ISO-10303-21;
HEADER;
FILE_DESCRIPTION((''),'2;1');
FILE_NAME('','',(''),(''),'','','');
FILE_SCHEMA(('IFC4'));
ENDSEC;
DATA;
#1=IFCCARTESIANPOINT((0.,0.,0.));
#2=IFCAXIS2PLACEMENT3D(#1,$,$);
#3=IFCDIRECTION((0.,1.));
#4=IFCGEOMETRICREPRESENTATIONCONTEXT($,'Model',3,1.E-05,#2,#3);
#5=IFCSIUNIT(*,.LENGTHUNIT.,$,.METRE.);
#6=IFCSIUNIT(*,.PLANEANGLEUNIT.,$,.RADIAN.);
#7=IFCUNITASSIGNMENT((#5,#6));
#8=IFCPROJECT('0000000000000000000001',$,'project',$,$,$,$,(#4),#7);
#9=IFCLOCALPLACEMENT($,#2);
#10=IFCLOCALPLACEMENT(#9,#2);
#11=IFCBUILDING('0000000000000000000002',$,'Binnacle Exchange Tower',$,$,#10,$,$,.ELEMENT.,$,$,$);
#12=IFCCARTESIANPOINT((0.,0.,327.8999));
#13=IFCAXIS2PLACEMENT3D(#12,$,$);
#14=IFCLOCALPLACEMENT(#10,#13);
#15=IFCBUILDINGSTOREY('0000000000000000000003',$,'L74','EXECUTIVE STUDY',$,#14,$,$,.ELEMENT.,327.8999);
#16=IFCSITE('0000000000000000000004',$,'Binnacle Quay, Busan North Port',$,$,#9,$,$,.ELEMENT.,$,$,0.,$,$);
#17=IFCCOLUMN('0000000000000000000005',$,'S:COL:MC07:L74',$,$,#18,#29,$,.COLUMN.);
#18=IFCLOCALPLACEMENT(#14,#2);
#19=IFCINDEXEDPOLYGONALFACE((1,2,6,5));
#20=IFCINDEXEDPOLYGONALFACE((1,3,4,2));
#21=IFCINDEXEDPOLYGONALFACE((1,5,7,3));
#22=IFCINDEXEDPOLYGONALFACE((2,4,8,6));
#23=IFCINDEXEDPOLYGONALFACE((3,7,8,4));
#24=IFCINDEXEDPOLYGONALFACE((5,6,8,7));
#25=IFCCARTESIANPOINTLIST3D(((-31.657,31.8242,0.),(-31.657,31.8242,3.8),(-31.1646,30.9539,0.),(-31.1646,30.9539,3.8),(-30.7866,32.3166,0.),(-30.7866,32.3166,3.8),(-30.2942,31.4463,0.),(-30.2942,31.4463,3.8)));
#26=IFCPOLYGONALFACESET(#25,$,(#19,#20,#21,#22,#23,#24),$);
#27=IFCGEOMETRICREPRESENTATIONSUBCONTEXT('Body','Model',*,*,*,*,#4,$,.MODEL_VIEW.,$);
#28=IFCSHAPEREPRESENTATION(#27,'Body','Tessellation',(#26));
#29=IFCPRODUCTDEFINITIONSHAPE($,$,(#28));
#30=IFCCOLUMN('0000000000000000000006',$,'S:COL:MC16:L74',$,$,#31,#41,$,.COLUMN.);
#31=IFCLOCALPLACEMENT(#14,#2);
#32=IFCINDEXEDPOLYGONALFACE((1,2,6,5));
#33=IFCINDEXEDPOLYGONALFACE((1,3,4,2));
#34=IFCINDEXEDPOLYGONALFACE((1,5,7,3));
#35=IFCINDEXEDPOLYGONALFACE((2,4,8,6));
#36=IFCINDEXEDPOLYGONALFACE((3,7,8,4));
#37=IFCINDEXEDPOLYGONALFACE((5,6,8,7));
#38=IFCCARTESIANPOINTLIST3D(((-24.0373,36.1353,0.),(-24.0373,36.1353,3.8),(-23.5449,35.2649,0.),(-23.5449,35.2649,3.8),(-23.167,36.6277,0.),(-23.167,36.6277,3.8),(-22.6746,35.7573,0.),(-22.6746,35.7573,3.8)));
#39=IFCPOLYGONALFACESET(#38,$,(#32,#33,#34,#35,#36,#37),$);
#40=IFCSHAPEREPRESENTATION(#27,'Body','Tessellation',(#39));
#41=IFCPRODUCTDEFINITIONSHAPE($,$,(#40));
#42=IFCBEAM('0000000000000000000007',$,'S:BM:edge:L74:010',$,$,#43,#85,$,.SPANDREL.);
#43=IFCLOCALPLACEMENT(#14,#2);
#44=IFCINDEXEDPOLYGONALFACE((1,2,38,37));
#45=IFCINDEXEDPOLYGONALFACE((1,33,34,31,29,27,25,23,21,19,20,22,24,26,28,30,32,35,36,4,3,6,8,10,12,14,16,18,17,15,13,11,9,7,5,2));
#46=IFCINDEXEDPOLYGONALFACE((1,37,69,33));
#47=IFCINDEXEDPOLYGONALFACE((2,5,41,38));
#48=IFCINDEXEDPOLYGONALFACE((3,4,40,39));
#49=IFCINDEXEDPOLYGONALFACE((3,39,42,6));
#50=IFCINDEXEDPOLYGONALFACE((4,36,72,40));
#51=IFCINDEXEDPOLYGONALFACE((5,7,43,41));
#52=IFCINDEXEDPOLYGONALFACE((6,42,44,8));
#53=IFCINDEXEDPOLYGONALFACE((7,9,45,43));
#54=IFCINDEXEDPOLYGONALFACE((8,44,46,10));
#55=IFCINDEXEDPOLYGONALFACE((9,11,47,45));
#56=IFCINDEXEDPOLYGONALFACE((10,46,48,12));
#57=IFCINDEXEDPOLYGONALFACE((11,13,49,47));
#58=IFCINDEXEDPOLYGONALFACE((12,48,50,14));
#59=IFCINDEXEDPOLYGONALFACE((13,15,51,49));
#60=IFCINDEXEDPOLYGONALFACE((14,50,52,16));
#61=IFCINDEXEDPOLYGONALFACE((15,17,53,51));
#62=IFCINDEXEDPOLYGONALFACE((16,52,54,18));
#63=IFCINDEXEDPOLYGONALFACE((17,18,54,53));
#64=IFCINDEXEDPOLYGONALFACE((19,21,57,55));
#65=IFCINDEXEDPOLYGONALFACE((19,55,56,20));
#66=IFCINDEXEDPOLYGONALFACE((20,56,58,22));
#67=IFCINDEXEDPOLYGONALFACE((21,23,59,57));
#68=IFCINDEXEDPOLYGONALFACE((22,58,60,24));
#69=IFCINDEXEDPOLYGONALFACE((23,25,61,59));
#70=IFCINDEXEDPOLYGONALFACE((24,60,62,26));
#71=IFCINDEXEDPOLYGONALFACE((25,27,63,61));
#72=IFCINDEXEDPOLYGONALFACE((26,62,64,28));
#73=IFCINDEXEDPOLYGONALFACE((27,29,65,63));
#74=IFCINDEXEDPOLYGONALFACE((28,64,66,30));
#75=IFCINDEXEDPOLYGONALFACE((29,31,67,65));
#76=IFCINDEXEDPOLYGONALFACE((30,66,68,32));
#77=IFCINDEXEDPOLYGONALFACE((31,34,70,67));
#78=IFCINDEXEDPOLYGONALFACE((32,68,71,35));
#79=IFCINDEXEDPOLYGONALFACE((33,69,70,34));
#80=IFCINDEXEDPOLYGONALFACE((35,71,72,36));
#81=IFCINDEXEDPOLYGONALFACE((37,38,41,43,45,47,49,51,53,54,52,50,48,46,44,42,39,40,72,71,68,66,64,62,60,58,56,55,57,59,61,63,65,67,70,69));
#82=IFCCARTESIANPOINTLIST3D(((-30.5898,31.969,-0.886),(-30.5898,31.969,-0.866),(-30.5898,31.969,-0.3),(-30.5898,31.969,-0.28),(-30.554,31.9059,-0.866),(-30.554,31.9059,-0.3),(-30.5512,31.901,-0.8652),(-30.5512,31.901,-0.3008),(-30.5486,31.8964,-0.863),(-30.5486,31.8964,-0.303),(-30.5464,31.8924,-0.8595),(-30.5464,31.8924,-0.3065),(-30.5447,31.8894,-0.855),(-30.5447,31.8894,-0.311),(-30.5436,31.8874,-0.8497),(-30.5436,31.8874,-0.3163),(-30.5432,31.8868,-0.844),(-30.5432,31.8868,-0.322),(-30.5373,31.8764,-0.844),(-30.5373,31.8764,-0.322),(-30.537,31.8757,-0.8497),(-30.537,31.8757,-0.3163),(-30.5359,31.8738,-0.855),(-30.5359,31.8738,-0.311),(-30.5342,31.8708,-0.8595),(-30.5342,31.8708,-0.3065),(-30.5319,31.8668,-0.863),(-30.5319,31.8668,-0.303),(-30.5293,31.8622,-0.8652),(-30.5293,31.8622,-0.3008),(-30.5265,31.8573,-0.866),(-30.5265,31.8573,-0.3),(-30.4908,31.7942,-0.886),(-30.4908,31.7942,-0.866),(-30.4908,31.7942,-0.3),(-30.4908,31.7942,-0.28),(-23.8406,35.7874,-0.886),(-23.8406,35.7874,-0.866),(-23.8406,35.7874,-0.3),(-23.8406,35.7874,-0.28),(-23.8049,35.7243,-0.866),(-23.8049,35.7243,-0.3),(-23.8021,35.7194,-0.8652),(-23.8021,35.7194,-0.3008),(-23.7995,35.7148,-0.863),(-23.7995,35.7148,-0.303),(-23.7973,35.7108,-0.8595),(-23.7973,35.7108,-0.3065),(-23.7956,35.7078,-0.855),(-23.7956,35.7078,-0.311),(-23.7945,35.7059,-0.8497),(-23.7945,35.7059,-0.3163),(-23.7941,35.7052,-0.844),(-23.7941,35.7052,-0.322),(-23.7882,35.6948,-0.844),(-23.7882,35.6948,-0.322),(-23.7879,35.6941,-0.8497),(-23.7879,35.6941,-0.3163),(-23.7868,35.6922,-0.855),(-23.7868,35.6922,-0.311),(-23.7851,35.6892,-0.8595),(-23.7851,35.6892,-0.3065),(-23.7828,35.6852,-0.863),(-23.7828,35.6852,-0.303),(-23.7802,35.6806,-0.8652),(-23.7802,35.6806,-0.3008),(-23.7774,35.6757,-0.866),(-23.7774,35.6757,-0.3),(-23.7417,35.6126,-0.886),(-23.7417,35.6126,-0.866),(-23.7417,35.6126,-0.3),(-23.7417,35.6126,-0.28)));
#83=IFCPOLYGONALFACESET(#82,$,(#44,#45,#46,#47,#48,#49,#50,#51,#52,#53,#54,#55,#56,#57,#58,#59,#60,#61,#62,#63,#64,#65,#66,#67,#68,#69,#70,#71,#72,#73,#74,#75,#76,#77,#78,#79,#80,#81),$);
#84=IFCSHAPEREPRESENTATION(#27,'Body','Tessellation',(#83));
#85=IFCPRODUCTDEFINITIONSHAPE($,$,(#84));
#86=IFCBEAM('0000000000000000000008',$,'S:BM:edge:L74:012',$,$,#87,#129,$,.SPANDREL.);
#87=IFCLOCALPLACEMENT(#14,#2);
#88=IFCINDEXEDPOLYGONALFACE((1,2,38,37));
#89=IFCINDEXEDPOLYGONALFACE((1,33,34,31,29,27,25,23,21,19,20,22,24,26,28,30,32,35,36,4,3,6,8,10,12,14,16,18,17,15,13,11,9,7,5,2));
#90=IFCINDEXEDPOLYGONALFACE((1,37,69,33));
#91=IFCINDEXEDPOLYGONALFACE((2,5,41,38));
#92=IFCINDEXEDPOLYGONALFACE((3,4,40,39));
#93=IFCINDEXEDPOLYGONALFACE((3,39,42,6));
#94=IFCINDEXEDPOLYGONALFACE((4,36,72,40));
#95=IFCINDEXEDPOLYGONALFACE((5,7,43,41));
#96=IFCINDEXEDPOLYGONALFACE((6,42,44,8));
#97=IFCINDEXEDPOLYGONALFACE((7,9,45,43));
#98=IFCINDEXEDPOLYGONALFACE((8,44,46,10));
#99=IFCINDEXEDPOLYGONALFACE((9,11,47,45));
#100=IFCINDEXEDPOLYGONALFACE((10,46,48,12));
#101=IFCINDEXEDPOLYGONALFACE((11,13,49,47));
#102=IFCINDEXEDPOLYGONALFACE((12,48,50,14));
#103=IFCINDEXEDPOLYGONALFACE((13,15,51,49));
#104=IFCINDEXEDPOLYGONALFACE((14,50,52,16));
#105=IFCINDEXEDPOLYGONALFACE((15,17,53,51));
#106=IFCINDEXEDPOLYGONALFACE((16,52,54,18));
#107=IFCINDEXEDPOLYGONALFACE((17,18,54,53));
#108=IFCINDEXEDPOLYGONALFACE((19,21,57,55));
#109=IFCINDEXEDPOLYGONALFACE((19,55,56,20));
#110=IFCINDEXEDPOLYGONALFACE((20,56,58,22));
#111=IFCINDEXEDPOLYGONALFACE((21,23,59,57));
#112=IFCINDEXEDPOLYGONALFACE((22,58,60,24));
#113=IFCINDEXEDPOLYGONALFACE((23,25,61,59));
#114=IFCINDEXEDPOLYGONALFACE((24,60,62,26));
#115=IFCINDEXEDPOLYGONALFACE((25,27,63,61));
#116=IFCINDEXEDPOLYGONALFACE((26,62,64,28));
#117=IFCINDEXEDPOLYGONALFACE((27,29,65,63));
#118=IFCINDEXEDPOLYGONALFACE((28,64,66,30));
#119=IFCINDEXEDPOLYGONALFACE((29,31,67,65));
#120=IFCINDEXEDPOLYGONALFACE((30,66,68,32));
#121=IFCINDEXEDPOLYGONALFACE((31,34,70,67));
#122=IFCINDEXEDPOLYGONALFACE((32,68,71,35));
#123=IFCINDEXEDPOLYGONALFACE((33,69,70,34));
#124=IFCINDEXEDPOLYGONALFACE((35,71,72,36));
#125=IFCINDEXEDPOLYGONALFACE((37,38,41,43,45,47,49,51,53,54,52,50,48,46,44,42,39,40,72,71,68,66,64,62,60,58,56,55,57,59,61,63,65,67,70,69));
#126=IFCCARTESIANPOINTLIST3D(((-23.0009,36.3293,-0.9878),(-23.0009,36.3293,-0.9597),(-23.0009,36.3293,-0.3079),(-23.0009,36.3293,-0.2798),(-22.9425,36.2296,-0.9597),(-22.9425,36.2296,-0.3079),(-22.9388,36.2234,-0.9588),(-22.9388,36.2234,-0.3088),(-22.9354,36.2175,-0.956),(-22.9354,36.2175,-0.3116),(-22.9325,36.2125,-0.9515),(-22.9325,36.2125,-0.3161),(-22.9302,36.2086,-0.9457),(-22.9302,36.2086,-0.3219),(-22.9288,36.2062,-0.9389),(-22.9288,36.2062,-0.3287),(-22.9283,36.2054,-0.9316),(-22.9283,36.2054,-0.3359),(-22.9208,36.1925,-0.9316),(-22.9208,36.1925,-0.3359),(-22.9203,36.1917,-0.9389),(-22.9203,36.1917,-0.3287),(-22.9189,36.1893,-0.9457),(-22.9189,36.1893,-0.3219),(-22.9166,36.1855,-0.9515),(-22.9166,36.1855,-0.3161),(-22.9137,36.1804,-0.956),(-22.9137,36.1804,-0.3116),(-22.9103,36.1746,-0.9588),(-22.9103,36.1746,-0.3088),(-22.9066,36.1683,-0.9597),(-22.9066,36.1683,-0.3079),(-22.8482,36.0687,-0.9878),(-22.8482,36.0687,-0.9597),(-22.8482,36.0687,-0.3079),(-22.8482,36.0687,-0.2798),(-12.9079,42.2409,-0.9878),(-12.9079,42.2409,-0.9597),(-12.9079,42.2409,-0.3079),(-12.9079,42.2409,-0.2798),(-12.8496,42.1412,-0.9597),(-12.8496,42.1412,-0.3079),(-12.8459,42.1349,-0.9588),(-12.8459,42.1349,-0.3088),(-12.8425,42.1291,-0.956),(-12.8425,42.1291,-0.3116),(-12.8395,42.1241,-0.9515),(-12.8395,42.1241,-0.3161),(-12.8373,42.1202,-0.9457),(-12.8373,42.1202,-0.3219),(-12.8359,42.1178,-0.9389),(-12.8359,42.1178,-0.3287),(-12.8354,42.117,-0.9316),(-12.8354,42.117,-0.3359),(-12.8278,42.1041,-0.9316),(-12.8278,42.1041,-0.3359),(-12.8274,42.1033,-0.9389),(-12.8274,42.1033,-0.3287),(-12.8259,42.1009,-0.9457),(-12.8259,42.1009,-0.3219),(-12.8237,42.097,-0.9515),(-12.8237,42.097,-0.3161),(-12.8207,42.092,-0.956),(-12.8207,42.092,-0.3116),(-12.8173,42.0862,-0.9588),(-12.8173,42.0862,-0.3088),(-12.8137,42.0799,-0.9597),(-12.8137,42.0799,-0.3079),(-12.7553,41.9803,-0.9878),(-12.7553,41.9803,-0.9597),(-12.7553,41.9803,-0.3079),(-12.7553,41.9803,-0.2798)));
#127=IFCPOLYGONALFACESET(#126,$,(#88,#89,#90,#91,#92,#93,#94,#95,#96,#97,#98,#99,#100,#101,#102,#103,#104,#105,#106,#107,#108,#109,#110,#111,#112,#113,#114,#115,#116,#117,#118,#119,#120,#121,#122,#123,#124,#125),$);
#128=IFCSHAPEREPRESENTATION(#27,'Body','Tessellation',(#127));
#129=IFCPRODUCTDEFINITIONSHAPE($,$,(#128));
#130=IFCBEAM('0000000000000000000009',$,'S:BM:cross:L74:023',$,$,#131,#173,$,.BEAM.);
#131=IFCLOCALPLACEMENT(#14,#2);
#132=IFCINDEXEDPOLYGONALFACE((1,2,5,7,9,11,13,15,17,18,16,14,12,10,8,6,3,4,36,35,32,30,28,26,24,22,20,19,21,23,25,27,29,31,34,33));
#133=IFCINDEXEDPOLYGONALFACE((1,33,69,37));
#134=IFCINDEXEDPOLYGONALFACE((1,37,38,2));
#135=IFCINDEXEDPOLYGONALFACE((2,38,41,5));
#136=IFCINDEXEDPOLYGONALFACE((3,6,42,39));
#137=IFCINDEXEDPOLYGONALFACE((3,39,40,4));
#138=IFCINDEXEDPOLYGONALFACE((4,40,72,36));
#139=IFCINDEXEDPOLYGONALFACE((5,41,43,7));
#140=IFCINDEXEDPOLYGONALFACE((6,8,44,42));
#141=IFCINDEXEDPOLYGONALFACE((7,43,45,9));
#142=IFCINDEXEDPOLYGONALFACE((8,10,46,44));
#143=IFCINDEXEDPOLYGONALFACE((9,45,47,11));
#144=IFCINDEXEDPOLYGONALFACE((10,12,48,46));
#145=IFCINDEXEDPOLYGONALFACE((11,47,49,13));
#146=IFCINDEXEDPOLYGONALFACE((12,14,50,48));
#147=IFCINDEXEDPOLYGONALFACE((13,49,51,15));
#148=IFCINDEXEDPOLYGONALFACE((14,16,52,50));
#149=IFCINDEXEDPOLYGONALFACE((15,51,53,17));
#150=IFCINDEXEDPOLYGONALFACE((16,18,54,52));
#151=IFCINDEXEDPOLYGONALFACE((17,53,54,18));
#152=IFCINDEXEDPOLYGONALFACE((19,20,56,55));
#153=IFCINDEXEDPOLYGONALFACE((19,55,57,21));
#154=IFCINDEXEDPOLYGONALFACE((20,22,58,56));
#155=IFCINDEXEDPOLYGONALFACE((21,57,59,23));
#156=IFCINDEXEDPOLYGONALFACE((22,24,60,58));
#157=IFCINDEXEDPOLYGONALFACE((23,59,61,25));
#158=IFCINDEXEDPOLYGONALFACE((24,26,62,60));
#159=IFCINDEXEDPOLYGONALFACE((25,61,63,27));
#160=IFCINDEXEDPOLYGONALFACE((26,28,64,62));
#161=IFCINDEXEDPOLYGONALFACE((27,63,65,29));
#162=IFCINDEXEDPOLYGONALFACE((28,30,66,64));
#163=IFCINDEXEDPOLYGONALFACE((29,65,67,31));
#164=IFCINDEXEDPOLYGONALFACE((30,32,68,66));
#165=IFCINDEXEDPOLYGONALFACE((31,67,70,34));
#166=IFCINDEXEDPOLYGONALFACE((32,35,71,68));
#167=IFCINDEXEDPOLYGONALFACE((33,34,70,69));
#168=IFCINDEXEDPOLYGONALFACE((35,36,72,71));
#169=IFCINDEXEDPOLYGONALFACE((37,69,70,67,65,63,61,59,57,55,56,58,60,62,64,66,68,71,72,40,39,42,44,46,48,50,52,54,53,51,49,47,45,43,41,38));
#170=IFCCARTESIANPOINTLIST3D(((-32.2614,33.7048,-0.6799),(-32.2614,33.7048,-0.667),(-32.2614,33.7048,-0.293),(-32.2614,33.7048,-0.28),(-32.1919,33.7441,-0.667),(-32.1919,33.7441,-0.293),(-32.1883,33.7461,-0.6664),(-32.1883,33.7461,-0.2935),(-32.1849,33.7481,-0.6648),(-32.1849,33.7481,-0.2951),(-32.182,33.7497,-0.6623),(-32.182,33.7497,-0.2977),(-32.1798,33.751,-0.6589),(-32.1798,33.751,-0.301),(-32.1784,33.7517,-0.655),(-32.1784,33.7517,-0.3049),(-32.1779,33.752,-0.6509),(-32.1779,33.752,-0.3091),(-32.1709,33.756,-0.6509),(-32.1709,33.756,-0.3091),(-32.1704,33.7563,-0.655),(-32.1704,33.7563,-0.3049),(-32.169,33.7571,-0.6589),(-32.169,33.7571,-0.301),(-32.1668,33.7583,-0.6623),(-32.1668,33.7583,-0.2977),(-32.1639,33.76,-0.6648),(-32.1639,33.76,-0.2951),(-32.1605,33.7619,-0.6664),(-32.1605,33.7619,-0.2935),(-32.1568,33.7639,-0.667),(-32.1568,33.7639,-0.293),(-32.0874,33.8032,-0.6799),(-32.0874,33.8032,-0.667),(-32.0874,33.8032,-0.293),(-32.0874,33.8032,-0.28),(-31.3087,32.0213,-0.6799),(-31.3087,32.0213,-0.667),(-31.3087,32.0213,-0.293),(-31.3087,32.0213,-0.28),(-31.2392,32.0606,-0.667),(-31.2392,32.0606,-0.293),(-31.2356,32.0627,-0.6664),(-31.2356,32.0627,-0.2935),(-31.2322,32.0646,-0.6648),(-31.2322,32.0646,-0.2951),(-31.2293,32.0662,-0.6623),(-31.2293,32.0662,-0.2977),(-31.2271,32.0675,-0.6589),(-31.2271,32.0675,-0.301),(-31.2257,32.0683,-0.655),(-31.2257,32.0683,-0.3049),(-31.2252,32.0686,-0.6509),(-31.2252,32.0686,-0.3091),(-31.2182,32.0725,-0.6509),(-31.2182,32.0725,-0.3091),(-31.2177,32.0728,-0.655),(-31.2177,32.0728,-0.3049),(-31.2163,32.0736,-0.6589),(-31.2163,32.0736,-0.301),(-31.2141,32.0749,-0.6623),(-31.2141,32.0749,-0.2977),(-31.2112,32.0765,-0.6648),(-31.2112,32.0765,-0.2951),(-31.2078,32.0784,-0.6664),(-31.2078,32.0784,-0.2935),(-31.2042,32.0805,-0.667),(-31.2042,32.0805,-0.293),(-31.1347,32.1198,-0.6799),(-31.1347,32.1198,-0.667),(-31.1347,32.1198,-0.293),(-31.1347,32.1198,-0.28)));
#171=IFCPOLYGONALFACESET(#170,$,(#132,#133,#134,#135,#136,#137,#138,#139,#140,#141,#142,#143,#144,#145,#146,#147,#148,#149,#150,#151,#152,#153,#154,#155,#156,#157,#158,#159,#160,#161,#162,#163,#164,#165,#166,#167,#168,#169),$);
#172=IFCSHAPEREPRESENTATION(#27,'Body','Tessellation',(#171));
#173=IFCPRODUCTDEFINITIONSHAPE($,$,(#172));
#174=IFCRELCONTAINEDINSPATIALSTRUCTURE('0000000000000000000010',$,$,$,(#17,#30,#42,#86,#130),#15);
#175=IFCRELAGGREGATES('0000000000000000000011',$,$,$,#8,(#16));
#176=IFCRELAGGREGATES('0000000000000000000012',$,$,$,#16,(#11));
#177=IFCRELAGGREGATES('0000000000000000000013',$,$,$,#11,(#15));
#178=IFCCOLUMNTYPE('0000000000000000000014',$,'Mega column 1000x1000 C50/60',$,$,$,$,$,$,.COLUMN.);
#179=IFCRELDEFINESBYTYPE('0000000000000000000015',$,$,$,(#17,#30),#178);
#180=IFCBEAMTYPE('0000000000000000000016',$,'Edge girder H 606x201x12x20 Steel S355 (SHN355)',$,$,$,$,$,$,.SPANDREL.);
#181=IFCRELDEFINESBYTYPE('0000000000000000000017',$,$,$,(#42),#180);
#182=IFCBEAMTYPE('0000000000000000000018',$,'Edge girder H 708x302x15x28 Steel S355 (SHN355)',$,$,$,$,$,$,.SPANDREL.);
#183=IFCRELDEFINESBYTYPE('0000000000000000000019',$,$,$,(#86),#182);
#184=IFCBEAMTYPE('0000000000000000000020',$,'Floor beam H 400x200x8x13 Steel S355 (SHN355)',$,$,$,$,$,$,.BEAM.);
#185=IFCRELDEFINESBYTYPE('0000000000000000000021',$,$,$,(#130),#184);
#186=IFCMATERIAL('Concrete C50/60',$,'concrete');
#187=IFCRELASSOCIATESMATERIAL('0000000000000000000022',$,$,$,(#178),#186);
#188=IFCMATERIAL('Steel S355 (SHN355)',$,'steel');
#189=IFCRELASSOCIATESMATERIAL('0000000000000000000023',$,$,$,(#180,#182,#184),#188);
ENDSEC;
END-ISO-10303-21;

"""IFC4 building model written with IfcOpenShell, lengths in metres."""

from ifc_helpers import new_model, si_unit, direction, frame, origin, origin_2d, place, context, subcontext, project, spatial, rectangle, i_section, extrude, material, material_profile, profile_set, type_object, element, save


model = new_model("IFC4")

# Units and contexts
model_context = context("Model", 3, precision=1e-05, world=origin(), true_north=direction((0.0, 1.0)))
body_context = subcontext(model_context, "Body", "Model", "MODEL_VIEW")
ifc_project = project(units=[si_unit("LENGTHUNIT", "METRE"), si_unit("PLANEANGLEUNIT", "RADIAN")], contexts=[model_context])

# Site, building, storey
site_placement = place(None, origin())
site = spatial("IfcSite", under=ifc_project, at=site_placement, Name="Binnacle Quay, Busan North Port", CompositionType="ELEMENT", RefElevation=0.0)
building_placement = place(site_placement, origin())
building = spatial("IfcBuilding", under=site, at=building_placement, Name="Binnacle Exchange Tower", CompositionType="ELEMENT")
storey_placement = place(building_placement, frame((0.0, 0.0, 327.8999)))
storey = spatial("IfcBuildingStorey", under=building, at=storey_placement, Name="L74", Description="EXECUTIVE STUDY", CompositionType="ELEMENT", Elevation=327.8999)

# Columns
ifc_material_1 = material(Name="Concrete C50/60", Category="concrete")
ifc_material_profile_1 = material_profile(ifc_material_1, rectangle(XDim=1.0, YDim=1.0, at=origin_2d()), Name="Mega column 1000x1000 C50/60")
ifc_profile_set_1 = profile_set([ifc_material_profile_1], Name="Concrete C50/60")
column_type = type_object("IfcColumnType", Name="Mega column 1000x1000 C50/60", PredefinedType="COLUMN", material=ifc_profile_set_1)
for number, where, z_axis, x_axis, name in (
    (1, (-30.9756, 31.6353, 0.0), (0.0, 0.0, 1.0), (0.870356, 0.492424, 0.0), "S:COL:MC07:L74"),
    (2, (-23.356, 35.9463, 0.0), (0.0, 0.0, 1.0), (0.870356, 0.492424, 0.0), "S:COL:MC16:L74"),
):
    element("IfcColumn", number, at=place(storey_placement, frame(where, z_axis=z_axis, x_axis=x_axis)), inside=storey, type_object=column_type, Name=name, PredefinedType="COLUMN", context=body_context, shape_type="SweptSolid", body=[
        extrude(rectangle(XDim=1.0, YDim=1.0, at=origin_2d()), origin(), (0.0, 0.0, 1.0), 3.8),
    ])

# Beams
ifc_material_2 = material(Name="Steel S355 (SHN355)", Category="steel")
ifc_material_profile_2 = material_profile(ifc_material_2, i_section(OverallWidth=0.2009, OverallDepth=0.606, WebThickness=0.012, FlangeThickness=0.02, FilletRadius=0.022, at=origin_2d()), Name="H 606x201x12x20")
ifc_profile_set_2 = profile_set([ifc_material_profile_2], Name="Steel S355 (SHN355)")
beam_type_1 = type_object("IfcBeamType", Name="Edge girder H 606x201x12x20 Steel S355 (SHN355)", PredefinedType="SPANDREL", material=ifc_profile_set_2)
beam_1_placement = place(storey_placement, frame((-30.5403, 31.8816, -0.583), z_axis=(0.870359, 0.492418, 0.0), x_axis=(-0.492418, 0.870359, 0.0)))
element("IfcBeam", 3, at=beam_1_placement, inside=storey, type_object=beam_type_1, Name="S:BM:edge:L74:010", PredefinedType="SPANDREL", context=body_context, shape_type="SweptSolid", body=[
    extrude(i_section(OverallWidth=0.2009, OverallDepth=0.606, WebThickness=0.012, FlangeThickness=0.02, FilletRadius=0.022, at=origin_2d()), origin(), (0.0, 0.0, 1.0), 7.7544),
])
ifc_material_profile_3 = material_profile(ifc_material_2, i_section(OverallWidth=0.302, OverallDepth=0.708, WebThickness=0.0149, FlangeThickness=0.0281, FilletRadius=0.0281, at=origin_2d()), Name="H 708x302x15x28")
ifc_profile_set_3 = profile_set([ifc_material_profile_3], Name="Steel S355 (SHN355)")
beam_type_2 = type_object("IfcBeamType", Name="Edge girder H 708x302x15x28 Steel S355 (SHN355)", PredefinedType="SPANDREL", material=ifc_profile_set_3)
beam_2_placement = place(storey_placement, frame((-22.9246, 36.199, -0.6338), z_axis=(0.862883, 0.505403, 0.0), x_axis=(-0.505403, 0.862883, 0.0)))
element("IfcBeam", 4, at=beam_2_placement, inside=storey, type_object=beam_type_2, Name="S:BM:edge:L74:012", PredefinedType="SPANDREL", context=body_context, shape_type="SweptSolid", body=[
    extrude(i_section(OverallWidth=0.302, OverallDepth=0.708, WebThickness=0.0149, FlangeThickness=0.0281, FilletRadius=0.0281, at=origin_2d()), origin(), (0.0, 0.0, 1.0), 11.6968),
])
ifc_material_profile_4 = material_profile(ifc_material_2, i_section(OverallWidth=0.2, OverallDepth=0.3999, WebThickness=0.0081, FlangeThickness=0.0129, FilletRadius=0.0161, at=origin_2d()), Name="H 400x200x8x13")
ifc_profile_set_4 = profile_set([ifc_material_profile_4], Name="Steel S355 (SHN355)")
beam_type_3 = type_object("IfcBeamType", Name="Floor beam H 400x200x8x13 Steel S355 (SHN355)", PredefinedType="BEAM", material=ifc_profile_set_4)
beam_3_placement = place(storey_placement, frame((-31.2217, 32.0706, -0.48), z_axis=(-0.492519, 0.870302, 0.0), x_axis=(-0.870302, -0.492519, 0.0)))
element("IfcBeam", 5, at=beam_3_placement, inside=storey, type_object=beam_type_3, Name="S:BM:cross:L74:023", PredefinedType="BEAM", context=body_context, shape_type="SweptSolid", body=[
    extrude(i_section(OverallWidth=0.2, OverallDepth=0.3999, WebThickness=0.0081, FlangeThickness=0.0129, FilletRadius=0.0161, at=origin_2d()), origin(), (0.0, 0.0, 1.0), 1.9343),
])

save(model, "model.ifc")
